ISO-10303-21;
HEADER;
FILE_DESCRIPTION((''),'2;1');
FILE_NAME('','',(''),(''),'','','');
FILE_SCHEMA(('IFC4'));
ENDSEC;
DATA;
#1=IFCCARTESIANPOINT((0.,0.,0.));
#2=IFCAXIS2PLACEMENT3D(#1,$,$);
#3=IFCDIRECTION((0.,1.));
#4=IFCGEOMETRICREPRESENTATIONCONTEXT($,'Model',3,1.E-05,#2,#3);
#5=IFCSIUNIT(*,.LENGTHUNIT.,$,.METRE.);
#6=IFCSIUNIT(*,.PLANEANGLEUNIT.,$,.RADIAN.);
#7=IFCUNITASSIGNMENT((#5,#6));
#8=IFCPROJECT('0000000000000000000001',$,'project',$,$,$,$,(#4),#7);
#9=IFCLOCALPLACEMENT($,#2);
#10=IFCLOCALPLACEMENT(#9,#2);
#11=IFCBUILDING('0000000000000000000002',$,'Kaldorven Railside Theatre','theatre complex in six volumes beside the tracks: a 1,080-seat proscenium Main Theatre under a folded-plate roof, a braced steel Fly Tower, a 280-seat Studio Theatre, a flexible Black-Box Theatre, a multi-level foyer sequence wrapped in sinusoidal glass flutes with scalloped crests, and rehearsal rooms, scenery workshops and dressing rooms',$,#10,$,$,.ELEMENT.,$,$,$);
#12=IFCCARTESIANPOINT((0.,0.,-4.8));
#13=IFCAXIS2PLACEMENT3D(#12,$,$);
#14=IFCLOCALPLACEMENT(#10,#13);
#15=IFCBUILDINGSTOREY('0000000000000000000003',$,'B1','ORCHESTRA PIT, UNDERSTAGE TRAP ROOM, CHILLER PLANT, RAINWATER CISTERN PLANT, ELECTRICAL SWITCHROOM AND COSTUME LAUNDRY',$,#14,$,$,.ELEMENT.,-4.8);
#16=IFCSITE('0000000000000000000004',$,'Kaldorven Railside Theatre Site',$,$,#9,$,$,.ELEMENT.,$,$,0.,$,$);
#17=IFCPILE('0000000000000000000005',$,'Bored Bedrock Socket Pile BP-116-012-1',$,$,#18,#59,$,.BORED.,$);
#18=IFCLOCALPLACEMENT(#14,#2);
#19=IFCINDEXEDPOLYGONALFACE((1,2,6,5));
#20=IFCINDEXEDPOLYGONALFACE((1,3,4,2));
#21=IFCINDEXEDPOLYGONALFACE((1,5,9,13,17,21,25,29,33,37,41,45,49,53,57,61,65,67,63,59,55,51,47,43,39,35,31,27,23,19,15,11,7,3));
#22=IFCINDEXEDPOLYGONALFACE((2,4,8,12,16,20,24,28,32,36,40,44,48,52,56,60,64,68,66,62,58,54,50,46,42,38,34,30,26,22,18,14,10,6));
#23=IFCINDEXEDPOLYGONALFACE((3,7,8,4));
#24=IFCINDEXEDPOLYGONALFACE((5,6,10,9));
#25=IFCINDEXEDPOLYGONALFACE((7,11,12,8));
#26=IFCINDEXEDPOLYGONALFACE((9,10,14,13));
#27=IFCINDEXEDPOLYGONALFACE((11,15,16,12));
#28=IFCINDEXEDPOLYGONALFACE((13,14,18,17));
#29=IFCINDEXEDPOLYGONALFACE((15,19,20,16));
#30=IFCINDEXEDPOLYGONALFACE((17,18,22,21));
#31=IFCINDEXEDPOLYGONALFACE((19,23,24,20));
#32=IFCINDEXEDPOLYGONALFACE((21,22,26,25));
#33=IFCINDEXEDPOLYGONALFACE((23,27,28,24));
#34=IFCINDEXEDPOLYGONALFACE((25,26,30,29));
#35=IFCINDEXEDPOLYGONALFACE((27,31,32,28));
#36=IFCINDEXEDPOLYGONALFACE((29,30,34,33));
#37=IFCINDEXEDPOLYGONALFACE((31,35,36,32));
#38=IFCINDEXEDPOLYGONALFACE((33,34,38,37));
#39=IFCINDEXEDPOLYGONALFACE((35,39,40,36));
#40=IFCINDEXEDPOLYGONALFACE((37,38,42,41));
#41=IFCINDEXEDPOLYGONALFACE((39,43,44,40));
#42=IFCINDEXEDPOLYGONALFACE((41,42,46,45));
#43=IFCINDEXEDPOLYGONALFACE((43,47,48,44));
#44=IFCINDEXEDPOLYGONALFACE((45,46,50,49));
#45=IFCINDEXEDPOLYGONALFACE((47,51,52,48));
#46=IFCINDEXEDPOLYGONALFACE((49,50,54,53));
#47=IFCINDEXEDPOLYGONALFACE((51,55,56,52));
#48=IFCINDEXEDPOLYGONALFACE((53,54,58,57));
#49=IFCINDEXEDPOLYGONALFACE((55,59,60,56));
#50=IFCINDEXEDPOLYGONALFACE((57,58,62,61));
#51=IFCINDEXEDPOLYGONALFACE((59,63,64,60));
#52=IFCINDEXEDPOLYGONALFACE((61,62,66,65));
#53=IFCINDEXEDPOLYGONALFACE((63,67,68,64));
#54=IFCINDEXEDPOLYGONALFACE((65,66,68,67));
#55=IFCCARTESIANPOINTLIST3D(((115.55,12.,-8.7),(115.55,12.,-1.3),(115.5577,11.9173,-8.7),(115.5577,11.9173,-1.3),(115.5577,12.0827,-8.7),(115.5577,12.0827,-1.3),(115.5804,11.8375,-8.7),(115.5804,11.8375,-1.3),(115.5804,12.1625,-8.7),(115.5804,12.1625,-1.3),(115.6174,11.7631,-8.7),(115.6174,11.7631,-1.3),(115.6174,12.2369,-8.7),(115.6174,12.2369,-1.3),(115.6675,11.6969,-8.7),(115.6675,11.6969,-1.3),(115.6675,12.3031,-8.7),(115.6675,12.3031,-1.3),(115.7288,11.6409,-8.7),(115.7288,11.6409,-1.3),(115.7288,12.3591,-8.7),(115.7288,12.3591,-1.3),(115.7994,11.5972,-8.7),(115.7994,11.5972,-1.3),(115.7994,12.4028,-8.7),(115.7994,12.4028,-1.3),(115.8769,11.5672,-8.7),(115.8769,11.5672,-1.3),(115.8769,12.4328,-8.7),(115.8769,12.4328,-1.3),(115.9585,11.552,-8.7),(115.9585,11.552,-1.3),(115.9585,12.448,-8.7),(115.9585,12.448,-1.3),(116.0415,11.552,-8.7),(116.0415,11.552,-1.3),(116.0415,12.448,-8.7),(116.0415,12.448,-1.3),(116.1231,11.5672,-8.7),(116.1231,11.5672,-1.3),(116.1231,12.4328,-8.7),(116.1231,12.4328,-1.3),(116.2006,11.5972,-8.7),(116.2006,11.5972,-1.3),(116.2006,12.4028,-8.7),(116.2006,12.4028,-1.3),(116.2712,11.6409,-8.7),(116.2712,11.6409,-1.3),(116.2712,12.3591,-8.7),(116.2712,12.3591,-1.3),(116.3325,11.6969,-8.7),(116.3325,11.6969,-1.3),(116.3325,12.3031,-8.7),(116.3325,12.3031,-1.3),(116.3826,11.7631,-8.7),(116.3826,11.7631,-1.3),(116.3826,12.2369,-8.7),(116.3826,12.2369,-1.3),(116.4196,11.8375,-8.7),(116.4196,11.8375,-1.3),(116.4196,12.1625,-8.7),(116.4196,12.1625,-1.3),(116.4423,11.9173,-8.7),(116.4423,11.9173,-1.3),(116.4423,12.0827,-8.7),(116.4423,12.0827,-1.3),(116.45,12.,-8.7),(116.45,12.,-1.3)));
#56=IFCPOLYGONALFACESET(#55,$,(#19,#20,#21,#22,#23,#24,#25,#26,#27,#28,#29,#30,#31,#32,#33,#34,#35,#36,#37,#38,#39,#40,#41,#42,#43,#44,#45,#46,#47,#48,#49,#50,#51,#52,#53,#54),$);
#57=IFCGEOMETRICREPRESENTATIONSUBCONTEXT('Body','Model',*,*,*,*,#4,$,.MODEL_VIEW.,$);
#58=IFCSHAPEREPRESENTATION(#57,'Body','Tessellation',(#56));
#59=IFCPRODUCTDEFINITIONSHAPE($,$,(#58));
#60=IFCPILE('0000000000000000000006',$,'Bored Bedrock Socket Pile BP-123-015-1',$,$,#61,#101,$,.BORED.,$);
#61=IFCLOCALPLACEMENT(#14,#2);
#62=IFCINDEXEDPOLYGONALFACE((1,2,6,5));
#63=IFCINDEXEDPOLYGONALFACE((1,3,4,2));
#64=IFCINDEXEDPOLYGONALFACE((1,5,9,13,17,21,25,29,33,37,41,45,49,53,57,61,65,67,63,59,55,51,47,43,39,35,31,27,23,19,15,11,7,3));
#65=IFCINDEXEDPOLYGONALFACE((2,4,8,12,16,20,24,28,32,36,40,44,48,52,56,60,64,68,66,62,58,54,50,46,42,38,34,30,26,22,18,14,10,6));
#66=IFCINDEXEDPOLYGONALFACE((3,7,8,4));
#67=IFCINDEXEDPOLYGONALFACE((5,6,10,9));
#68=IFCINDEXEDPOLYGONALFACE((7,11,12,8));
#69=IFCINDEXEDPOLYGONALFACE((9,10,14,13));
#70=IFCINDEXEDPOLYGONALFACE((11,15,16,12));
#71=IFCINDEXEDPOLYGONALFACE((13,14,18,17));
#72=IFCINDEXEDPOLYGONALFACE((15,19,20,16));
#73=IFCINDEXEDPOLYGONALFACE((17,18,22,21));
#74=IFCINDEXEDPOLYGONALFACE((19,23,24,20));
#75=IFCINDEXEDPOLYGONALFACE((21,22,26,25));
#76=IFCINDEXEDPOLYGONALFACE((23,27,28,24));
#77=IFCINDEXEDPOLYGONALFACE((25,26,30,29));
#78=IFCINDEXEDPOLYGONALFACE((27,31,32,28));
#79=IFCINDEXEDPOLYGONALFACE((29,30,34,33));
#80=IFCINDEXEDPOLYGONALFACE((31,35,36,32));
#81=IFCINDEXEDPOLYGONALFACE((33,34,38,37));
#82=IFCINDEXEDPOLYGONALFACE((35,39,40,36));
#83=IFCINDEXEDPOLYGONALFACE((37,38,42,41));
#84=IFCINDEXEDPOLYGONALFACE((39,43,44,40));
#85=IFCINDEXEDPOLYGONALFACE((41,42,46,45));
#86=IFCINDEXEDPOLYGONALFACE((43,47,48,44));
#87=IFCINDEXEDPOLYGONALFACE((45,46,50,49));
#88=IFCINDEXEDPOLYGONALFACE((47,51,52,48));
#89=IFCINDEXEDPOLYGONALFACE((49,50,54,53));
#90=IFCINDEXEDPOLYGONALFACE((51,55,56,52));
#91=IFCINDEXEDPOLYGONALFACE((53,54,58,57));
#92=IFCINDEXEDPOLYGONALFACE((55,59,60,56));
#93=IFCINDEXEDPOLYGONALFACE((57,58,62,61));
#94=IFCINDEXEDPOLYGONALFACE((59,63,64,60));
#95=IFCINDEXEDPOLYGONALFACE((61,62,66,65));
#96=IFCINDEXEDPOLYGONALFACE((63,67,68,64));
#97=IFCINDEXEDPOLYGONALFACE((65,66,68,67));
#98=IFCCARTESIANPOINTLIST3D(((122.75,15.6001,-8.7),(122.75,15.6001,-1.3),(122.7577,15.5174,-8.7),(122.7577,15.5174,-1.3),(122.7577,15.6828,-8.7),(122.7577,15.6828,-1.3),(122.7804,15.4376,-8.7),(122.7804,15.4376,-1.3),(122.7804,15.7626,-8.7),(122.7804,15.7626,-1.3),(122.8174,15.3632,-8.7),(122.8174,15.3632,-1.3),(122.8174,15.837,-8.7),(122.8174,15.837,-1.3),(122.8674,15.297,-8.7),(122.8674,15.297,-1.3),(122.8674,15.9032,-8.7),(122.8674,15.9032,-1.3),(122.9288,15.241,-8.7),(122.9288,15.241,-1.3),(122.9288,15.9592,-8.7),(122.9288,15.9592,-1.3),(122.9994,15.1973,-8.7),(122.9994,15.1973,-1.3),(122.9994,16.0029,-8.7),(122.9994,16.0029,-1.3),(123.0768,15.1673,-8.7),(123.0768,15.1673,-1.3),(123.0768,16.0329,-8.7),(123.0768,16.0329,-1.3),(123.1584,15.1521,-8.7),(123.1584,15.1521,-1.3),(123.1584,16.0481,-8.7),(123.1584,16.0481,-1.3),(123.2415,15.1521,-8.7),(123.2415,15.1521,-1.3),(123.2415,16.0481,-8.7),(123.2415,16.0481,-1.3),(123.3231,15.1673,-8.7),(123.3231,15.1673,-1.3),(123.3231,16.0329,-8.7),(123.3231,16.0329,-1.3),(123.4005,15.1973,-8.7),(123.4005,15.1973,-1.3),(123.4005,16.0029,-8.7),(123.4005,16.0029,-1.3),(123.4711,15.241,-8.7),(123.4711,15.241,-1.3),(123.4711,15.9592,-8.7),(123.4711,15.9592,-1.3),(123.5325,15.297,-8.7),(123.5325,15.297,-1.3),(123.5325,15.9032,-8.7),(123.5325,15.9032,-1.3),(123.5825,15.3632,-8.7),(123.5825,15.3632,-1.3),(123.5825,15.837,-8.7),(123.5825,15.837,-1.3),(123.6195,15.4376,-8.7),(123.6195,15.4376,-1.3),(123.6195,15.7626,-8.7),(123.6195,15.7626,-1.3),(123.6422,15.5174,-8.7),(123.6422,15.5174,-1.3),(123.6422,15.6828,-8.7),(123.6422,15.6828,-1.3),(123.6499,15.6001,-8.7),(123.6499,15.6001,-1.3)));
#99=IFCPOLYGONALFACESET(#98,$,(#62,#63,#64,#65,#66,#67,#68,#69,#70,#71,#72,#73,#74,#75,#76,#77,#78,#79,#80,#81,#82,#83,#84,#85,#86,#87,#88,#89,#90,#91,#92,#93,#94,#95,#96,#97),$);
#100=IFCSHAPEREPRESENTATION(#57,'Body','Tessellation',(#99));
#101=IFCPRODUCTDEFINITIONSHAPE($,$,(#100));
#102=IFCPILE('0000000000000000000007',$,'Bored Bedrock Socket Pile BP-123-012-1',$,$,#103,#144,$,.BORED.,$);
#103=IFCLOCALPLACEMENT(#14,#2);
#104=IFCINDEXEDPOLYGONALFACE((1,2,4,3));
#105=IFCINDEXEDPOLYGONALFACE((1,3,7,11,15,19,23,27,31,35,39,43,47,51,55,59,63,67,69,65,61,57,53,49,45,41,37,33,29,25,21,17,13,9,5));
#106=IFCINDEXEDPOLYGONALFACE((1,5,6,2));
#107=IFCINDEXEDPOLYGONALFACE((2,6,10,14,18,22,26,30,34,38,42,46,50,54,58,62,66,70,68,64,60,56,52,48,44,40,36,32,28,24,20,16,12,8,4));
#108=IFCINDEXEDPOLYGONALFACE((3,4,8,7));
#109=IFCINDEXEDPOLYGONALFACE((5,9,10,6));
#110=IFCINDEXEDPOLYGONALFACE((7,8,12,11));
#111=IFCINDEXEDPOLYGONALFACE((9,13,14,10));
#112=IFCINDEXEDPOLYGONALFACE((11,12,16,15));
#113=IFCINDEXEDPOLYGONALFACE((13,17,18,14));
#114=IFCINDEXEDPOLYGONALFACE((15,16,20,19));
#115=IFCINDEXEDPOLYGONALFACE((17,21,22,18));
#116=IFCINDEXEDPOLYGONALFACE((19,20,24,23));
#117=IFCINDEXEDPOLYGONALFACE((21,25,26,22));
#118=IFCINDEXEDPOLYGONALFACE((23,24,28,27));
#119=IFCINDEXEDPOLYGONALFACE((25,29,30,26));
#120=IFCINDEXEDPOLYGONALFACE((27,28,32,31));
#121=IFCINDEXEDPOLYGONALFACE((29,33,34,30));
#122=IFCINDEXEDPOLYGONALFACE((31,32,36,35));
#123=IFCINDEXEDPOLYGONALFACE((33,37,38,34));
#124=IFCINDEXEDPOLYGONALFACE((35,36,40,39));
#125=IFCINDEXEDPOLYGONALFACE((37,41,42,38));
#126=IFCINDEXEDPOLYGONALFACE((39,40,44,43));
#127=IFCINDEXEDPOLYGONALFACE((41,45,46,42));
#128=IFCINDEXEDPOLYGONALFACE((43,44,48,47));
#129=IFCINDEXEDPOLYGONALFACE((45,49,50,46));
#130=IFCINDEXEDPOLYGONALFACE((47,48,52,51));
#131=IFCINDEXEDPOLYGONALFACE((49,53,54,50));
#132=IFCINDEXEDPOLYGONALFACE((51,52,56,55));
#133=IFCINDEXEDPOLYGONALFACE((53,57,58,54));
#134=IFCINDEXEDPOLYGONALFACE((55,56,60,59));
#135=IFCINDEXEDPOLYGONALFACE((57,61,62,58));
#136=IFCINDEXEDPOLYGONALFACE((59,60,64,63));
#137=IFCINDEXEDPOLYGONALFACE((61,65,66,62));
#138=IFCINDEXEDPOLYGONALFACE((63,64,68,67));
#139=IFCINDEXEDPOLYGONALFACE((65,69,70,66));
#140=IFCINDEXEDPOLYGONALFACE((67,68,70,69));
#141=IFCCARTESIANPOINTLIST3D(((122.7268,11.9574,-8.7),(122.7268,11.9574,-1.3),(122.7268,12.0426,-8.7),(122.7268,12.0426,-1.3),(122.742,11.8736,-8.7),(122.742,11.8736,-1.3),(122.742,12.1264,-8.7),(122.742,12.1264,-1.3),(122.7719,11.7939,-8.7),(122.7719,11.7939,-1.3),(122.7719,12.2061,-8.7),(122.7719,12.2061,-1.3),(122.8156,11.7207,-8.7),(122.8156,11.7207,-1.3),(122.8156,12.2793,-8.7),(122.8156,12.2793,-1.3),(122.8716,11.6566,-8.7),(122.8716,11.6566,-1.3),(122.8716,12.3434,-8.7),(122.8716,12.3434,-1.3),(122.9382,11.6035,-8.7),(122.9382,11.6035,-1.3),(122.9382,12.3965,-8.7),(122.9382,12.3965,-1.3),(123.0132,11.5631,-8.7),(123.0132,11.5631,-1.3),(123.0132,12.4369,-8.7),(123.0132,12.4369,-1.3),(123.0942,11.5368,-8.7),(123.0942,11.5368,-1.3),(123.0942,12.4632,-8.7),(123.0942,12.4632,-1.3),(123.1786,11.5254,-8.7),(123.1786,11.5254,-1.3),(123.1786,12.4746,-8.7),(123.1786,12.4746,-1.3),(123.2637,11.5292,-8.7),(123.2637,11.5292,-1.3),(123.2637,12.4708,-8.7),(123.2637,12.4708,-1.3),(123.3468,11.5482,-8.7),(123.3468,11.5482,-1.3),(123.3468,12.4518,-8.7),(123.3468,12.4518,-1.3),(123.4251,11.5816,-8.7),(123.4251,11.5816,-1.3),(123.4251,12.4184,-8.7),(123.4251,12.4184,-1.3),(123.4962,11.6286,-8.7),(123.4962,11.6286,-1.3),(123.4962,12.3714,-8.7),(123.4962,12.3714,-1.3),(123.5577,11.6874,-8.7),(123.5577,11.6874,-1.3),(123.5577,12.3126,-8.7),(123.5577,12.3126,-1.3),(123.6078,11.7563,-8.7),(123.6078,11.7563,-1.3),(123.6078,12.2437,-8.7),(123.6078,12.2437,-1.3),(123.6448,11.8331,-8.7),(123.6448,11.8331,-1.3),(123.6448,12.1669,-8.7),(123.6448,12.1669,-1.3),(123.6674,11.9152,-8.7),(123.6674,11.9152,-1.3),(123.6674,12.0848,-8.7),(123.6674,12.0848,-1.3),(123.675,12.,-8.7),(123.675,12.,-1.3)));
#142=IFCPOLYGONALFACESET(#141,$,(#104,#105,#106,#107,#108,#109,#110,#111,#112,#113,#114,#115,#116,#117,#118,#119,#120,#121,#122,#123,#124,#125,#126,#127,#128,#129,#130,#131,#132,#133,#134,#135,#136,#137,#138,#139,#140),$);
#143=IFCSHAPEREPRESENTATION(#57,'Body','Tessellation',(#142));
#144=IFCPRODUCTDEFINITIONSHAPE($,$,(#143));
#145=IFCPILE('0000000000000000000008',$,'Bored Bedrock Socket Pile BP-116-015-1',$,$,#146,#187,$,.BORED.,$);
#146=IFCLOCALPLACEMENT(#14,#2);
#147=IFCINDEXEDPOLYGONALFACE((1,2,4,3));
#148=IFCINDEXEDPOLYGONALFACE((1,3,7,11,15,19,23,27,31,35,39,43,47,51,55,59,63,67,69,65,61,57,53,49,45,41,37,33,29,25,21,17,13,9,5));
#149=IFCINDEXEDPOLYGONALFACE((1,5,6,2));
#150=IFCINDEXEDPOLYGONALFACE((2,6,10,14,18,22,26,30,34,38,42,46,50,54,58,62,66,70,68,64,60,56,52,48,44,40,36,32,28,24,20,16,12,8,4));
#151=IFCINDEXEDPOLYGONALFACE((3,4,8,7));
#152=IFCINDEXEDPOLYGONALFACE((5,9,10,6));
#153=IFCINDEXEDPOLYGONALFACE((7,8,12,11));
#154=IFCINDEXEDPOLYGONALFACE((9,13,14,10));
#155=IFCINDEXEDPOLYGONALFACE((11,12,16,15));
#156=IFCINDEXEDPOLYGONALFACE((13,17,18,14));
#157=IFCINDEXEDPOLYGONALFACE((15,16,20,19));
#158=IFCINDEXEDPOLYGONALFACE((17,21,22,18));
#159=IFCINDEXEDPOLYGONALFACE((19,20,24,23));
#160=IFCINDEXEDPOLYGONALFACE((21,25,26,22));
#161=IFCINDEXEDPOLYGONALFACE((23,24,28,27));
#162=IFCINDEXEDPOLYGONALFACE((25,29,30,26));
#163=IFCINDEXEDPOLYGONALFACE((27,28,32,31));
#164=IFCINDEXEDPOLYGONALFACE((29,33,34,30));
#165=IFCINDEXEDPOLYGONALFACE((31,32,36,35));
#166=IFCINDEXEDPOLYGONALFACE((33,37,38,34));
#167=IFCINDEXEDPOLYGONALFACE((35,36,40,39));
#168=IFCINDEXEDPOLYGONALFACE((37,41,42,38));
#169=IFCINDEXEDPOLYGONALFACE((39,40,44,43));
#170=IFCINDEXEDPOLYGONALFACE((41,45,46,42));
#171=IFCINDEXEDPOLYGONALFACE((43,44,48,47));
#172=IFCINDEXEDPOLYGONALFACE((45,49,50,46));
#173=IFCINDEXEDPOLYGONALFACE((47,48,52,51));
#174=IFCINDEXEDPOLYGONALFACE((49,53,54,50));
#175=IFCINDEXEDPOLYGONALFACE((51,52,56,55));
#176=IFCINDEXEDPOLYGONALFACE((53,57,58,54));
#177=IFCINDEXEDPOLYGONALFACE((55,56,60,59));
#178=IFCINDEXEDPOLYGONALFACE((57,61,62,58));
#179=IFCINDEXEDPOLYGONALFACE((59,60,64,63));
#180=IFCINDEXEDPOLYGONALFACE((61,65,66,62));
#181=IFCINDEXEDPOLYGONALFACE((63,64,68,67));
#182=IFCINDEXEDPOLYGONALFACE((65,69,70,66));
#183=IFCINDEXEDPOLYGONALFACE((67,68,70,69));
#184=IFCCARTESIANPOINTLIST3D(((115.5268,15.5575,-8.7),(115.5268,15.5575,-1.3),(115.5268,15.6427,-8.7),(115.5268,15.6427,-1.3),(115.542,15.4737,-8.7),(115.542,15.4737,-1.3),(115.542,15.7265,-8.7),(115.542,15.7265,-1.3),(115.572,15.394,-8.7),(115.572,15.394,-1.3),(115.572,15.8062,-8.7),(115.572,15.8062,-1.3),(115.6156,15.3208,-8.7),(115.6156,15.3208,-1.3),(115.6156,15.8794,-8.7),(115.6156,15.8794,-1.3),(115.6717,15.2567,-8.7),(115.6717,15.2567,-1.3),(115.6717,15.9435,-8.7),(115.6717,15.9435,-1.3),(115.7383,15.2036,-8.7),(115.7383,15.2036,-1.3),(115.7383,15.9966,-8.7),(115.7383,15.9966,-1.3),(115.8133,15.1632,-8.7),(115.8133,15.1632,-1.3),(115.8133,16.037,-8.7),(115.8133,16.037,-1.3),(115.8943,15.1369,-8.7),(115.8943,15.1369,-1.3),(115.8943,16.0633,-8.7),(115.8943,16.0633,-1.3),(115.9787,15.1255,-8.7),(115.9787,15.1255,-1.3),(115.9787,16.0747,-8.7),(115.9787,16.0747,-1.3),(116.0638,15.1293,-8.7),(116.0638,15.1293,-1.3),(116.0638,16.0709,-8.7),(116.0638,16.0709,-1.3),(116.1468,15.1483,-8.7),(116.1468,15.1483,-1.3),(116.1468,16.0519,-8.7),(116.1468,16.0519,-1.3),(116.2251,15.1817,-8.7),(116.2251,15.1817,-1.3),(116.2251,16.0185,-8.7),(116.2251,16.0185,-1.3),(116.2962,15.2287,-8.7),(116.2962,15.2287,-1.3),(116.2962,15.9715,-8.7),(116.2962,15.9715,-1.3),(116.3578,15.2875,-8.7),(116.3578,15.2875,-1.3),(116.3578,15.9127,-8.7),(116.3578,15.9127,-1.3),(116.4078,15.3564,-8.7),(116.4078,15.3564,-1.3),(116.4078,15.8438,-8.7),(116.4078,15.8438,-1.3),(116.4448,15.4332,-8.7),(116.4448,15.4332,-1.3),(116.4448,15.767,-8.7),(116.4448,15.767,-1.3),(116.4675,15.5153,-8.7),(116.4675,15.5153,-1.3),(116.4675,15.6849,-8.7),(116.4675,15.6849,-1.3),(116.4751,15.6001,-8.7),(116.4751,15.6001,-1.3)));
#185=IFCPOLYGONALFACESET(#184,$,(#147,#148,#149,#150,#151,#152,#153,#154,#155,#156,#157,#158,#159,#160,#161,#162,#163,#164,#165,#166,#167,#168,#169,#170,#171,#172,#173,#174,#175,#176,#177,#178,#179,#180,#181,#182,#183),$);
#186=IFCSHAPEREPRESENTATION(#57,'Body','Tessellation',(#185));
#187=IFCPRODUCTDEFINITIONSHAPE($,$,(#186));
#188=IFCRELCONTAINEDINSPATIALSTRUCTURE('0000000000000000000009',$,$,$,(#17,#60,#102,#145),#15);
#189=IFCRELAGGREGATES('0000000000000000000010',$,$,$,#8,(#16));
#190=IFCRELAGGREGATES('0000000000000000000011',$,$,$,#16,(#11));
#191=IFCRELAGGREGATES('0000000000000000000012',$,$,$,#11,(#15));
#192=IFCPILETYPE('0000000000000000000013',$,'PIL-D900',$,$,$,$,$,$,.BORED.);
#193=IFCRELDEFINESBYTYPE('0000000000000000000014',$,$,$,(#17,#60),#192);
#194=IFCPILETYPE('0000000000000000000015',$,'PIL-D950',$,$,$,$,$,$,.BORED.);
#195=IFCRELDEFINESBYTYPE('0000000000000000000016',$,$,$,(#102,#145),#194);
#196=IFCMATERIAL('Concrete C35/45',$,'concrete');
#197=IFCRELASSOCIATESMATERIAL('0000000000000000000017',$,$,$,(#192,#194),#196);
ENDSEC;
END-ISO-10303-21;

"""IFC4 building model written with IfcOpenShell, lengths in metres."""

from ifc_helpers import new_model, si_unit, direction, frame, origin, origin_2d, place, context, subcontext, project, spatial, circle, extrude, material, material_profile, profile_set, type_object, element, save


model = new_model("IFC4")

# Units and contexts
model_context = context("Model", 3, precision=1e-05, world=origin(), true_north=direction((0.0, 1.0)))
body_context = subcontext(model_context, "Body", "Model", "MODEL_VIEW")
ifc_project = project(units=[si_unit("LENGTHUNIT", "METRE"), si_unit("PLANEANGLEUNIT", "RADIAN")], contexts=[model_context])

# Site, building, storey
site_placement = place(None, origin())
site = spatial("IfcSite", under=ifc_project, at=site_placement, Name="Kaldorven Railside Theatre Site", CompositionType="ELEMENT", RefElevation=0.0)
building_placement = place(site_placement, origin())
building = spatial("IfcBuilding", under=site, at=building_placement, Name="Kaldorven Railside Theatre", Description="theatre complex in six volumes beside the tracks: a 1,080-seat proscenium Main Theatre under a folded-plate roof, a braced steel Fly Tower, a 280-seat Studio Theatre, a flexible Black-Box Theatre, a multi-level foyer sequence wrapped in sinusoidal glass flutes with scalloped crests, and rehearsal rooms, scenery workshops and dressing rooms", CompositionType="ELEMENT")
storey_placement = place(building_placement, frame((0.0, 0.0, -4.8)))
storey = spatial("IfcBuildingStorey", under=building, at=storey_placement, Name="B1", Description="ORCHESTRA PIT, UNDERSTAGE TRAP ROOM, CHILLER PLANT, RAINWATER CISTERN PLANT, ELECTRICAL SWITCHROOM AND COSTUME LAUNDRY", CompositionType="ELEMENT", Elevation=-4.8)

# Piles
ifc_material_1 = material(Name="Concrete C35/45", Category="concrete")
ifc_material_profile_1 = material_profile(ifc_material_1, circle(Radius=0.45, at=origin_2d()), Name="BP D900")
ifc_profile_set_1 = profile_set([ifc_material_profile_1], Name="Concrete C35/45")
pile_type_1 = type_object("IfcPileType", Name="PIL-D900", PredefinedType="BORED", material=ifc_profile_set_1)
for number, where, z_axis, x_axis, name in (
    (1, (116.0, 12.0, -1.3), (0.0, 0.0, -1.0), (1.0, 0.0, 0.0), "Bored Bedrock Socket Pile BP-116-012-1"),
    (2, (123.2, 15.6001, -1.3), (0.0, 0.0, -1.0), (1.0, 0.0, 0.0), "Bored Bedrock Socket Pile BP-123-015-1"),
):
    element("IfcPile", number, at=place(storey_placement, frame(where, z_axis=z_axis, x_axis=x_axis)), inside=storey, type_object=pile_type_1, Name=name, PredefinedType="BORED", context=body_context, shape_type="SweptSolid", body=[
        extrude(circle(Radius=0.45, at=origin_2d()), origin(), (0.0, 0.0, 1.0), 7.3999),
    ])
ifc_material_profile_2 = material_profile(ifc_material_1, circle(Radius=0.4751, at=origin_2d()), Name="BP D950")
ifc_profile_set_2 = profile_set([ifc_material_profile_2], Name="Concrete C35/45")
pile_type_2 = type_object("IfcPileType", Name="PIL-D950", PredefinedType="BORED", material=ifc_profile_set_2)
for number, where, z_axis, x_axis, name in (
    (3, (123.2, 12.0, -1.3), (0.0, 0.0, -1.0), (1.0, 0.0, 0.0), "Bored Bedrock Socket Pile BP-123-012-1"),
    (4, (116.0, 15.6001, -1.3), (0.0, 0.0, -1.0), (1.0, 0.0, 0.0), "Bored Bedrock Socket Pile BP-116-015-1"),
):
    element("IfcPile", number, at=place(storey_placement, frame(where, z_axis=z_axis, x_axis=x_axis)), inside=storey, type_object=pile_type_2, Name=name, PredefinedType="BORED", context=body_context, shape_type="SweptSolid", body=[
        extrude(circle(Radius=0.4751, at=origin_2d()), origin(), (0.0, 0.0, 1.0), 7.3999),
    ])

save(model, "model.ifc")
